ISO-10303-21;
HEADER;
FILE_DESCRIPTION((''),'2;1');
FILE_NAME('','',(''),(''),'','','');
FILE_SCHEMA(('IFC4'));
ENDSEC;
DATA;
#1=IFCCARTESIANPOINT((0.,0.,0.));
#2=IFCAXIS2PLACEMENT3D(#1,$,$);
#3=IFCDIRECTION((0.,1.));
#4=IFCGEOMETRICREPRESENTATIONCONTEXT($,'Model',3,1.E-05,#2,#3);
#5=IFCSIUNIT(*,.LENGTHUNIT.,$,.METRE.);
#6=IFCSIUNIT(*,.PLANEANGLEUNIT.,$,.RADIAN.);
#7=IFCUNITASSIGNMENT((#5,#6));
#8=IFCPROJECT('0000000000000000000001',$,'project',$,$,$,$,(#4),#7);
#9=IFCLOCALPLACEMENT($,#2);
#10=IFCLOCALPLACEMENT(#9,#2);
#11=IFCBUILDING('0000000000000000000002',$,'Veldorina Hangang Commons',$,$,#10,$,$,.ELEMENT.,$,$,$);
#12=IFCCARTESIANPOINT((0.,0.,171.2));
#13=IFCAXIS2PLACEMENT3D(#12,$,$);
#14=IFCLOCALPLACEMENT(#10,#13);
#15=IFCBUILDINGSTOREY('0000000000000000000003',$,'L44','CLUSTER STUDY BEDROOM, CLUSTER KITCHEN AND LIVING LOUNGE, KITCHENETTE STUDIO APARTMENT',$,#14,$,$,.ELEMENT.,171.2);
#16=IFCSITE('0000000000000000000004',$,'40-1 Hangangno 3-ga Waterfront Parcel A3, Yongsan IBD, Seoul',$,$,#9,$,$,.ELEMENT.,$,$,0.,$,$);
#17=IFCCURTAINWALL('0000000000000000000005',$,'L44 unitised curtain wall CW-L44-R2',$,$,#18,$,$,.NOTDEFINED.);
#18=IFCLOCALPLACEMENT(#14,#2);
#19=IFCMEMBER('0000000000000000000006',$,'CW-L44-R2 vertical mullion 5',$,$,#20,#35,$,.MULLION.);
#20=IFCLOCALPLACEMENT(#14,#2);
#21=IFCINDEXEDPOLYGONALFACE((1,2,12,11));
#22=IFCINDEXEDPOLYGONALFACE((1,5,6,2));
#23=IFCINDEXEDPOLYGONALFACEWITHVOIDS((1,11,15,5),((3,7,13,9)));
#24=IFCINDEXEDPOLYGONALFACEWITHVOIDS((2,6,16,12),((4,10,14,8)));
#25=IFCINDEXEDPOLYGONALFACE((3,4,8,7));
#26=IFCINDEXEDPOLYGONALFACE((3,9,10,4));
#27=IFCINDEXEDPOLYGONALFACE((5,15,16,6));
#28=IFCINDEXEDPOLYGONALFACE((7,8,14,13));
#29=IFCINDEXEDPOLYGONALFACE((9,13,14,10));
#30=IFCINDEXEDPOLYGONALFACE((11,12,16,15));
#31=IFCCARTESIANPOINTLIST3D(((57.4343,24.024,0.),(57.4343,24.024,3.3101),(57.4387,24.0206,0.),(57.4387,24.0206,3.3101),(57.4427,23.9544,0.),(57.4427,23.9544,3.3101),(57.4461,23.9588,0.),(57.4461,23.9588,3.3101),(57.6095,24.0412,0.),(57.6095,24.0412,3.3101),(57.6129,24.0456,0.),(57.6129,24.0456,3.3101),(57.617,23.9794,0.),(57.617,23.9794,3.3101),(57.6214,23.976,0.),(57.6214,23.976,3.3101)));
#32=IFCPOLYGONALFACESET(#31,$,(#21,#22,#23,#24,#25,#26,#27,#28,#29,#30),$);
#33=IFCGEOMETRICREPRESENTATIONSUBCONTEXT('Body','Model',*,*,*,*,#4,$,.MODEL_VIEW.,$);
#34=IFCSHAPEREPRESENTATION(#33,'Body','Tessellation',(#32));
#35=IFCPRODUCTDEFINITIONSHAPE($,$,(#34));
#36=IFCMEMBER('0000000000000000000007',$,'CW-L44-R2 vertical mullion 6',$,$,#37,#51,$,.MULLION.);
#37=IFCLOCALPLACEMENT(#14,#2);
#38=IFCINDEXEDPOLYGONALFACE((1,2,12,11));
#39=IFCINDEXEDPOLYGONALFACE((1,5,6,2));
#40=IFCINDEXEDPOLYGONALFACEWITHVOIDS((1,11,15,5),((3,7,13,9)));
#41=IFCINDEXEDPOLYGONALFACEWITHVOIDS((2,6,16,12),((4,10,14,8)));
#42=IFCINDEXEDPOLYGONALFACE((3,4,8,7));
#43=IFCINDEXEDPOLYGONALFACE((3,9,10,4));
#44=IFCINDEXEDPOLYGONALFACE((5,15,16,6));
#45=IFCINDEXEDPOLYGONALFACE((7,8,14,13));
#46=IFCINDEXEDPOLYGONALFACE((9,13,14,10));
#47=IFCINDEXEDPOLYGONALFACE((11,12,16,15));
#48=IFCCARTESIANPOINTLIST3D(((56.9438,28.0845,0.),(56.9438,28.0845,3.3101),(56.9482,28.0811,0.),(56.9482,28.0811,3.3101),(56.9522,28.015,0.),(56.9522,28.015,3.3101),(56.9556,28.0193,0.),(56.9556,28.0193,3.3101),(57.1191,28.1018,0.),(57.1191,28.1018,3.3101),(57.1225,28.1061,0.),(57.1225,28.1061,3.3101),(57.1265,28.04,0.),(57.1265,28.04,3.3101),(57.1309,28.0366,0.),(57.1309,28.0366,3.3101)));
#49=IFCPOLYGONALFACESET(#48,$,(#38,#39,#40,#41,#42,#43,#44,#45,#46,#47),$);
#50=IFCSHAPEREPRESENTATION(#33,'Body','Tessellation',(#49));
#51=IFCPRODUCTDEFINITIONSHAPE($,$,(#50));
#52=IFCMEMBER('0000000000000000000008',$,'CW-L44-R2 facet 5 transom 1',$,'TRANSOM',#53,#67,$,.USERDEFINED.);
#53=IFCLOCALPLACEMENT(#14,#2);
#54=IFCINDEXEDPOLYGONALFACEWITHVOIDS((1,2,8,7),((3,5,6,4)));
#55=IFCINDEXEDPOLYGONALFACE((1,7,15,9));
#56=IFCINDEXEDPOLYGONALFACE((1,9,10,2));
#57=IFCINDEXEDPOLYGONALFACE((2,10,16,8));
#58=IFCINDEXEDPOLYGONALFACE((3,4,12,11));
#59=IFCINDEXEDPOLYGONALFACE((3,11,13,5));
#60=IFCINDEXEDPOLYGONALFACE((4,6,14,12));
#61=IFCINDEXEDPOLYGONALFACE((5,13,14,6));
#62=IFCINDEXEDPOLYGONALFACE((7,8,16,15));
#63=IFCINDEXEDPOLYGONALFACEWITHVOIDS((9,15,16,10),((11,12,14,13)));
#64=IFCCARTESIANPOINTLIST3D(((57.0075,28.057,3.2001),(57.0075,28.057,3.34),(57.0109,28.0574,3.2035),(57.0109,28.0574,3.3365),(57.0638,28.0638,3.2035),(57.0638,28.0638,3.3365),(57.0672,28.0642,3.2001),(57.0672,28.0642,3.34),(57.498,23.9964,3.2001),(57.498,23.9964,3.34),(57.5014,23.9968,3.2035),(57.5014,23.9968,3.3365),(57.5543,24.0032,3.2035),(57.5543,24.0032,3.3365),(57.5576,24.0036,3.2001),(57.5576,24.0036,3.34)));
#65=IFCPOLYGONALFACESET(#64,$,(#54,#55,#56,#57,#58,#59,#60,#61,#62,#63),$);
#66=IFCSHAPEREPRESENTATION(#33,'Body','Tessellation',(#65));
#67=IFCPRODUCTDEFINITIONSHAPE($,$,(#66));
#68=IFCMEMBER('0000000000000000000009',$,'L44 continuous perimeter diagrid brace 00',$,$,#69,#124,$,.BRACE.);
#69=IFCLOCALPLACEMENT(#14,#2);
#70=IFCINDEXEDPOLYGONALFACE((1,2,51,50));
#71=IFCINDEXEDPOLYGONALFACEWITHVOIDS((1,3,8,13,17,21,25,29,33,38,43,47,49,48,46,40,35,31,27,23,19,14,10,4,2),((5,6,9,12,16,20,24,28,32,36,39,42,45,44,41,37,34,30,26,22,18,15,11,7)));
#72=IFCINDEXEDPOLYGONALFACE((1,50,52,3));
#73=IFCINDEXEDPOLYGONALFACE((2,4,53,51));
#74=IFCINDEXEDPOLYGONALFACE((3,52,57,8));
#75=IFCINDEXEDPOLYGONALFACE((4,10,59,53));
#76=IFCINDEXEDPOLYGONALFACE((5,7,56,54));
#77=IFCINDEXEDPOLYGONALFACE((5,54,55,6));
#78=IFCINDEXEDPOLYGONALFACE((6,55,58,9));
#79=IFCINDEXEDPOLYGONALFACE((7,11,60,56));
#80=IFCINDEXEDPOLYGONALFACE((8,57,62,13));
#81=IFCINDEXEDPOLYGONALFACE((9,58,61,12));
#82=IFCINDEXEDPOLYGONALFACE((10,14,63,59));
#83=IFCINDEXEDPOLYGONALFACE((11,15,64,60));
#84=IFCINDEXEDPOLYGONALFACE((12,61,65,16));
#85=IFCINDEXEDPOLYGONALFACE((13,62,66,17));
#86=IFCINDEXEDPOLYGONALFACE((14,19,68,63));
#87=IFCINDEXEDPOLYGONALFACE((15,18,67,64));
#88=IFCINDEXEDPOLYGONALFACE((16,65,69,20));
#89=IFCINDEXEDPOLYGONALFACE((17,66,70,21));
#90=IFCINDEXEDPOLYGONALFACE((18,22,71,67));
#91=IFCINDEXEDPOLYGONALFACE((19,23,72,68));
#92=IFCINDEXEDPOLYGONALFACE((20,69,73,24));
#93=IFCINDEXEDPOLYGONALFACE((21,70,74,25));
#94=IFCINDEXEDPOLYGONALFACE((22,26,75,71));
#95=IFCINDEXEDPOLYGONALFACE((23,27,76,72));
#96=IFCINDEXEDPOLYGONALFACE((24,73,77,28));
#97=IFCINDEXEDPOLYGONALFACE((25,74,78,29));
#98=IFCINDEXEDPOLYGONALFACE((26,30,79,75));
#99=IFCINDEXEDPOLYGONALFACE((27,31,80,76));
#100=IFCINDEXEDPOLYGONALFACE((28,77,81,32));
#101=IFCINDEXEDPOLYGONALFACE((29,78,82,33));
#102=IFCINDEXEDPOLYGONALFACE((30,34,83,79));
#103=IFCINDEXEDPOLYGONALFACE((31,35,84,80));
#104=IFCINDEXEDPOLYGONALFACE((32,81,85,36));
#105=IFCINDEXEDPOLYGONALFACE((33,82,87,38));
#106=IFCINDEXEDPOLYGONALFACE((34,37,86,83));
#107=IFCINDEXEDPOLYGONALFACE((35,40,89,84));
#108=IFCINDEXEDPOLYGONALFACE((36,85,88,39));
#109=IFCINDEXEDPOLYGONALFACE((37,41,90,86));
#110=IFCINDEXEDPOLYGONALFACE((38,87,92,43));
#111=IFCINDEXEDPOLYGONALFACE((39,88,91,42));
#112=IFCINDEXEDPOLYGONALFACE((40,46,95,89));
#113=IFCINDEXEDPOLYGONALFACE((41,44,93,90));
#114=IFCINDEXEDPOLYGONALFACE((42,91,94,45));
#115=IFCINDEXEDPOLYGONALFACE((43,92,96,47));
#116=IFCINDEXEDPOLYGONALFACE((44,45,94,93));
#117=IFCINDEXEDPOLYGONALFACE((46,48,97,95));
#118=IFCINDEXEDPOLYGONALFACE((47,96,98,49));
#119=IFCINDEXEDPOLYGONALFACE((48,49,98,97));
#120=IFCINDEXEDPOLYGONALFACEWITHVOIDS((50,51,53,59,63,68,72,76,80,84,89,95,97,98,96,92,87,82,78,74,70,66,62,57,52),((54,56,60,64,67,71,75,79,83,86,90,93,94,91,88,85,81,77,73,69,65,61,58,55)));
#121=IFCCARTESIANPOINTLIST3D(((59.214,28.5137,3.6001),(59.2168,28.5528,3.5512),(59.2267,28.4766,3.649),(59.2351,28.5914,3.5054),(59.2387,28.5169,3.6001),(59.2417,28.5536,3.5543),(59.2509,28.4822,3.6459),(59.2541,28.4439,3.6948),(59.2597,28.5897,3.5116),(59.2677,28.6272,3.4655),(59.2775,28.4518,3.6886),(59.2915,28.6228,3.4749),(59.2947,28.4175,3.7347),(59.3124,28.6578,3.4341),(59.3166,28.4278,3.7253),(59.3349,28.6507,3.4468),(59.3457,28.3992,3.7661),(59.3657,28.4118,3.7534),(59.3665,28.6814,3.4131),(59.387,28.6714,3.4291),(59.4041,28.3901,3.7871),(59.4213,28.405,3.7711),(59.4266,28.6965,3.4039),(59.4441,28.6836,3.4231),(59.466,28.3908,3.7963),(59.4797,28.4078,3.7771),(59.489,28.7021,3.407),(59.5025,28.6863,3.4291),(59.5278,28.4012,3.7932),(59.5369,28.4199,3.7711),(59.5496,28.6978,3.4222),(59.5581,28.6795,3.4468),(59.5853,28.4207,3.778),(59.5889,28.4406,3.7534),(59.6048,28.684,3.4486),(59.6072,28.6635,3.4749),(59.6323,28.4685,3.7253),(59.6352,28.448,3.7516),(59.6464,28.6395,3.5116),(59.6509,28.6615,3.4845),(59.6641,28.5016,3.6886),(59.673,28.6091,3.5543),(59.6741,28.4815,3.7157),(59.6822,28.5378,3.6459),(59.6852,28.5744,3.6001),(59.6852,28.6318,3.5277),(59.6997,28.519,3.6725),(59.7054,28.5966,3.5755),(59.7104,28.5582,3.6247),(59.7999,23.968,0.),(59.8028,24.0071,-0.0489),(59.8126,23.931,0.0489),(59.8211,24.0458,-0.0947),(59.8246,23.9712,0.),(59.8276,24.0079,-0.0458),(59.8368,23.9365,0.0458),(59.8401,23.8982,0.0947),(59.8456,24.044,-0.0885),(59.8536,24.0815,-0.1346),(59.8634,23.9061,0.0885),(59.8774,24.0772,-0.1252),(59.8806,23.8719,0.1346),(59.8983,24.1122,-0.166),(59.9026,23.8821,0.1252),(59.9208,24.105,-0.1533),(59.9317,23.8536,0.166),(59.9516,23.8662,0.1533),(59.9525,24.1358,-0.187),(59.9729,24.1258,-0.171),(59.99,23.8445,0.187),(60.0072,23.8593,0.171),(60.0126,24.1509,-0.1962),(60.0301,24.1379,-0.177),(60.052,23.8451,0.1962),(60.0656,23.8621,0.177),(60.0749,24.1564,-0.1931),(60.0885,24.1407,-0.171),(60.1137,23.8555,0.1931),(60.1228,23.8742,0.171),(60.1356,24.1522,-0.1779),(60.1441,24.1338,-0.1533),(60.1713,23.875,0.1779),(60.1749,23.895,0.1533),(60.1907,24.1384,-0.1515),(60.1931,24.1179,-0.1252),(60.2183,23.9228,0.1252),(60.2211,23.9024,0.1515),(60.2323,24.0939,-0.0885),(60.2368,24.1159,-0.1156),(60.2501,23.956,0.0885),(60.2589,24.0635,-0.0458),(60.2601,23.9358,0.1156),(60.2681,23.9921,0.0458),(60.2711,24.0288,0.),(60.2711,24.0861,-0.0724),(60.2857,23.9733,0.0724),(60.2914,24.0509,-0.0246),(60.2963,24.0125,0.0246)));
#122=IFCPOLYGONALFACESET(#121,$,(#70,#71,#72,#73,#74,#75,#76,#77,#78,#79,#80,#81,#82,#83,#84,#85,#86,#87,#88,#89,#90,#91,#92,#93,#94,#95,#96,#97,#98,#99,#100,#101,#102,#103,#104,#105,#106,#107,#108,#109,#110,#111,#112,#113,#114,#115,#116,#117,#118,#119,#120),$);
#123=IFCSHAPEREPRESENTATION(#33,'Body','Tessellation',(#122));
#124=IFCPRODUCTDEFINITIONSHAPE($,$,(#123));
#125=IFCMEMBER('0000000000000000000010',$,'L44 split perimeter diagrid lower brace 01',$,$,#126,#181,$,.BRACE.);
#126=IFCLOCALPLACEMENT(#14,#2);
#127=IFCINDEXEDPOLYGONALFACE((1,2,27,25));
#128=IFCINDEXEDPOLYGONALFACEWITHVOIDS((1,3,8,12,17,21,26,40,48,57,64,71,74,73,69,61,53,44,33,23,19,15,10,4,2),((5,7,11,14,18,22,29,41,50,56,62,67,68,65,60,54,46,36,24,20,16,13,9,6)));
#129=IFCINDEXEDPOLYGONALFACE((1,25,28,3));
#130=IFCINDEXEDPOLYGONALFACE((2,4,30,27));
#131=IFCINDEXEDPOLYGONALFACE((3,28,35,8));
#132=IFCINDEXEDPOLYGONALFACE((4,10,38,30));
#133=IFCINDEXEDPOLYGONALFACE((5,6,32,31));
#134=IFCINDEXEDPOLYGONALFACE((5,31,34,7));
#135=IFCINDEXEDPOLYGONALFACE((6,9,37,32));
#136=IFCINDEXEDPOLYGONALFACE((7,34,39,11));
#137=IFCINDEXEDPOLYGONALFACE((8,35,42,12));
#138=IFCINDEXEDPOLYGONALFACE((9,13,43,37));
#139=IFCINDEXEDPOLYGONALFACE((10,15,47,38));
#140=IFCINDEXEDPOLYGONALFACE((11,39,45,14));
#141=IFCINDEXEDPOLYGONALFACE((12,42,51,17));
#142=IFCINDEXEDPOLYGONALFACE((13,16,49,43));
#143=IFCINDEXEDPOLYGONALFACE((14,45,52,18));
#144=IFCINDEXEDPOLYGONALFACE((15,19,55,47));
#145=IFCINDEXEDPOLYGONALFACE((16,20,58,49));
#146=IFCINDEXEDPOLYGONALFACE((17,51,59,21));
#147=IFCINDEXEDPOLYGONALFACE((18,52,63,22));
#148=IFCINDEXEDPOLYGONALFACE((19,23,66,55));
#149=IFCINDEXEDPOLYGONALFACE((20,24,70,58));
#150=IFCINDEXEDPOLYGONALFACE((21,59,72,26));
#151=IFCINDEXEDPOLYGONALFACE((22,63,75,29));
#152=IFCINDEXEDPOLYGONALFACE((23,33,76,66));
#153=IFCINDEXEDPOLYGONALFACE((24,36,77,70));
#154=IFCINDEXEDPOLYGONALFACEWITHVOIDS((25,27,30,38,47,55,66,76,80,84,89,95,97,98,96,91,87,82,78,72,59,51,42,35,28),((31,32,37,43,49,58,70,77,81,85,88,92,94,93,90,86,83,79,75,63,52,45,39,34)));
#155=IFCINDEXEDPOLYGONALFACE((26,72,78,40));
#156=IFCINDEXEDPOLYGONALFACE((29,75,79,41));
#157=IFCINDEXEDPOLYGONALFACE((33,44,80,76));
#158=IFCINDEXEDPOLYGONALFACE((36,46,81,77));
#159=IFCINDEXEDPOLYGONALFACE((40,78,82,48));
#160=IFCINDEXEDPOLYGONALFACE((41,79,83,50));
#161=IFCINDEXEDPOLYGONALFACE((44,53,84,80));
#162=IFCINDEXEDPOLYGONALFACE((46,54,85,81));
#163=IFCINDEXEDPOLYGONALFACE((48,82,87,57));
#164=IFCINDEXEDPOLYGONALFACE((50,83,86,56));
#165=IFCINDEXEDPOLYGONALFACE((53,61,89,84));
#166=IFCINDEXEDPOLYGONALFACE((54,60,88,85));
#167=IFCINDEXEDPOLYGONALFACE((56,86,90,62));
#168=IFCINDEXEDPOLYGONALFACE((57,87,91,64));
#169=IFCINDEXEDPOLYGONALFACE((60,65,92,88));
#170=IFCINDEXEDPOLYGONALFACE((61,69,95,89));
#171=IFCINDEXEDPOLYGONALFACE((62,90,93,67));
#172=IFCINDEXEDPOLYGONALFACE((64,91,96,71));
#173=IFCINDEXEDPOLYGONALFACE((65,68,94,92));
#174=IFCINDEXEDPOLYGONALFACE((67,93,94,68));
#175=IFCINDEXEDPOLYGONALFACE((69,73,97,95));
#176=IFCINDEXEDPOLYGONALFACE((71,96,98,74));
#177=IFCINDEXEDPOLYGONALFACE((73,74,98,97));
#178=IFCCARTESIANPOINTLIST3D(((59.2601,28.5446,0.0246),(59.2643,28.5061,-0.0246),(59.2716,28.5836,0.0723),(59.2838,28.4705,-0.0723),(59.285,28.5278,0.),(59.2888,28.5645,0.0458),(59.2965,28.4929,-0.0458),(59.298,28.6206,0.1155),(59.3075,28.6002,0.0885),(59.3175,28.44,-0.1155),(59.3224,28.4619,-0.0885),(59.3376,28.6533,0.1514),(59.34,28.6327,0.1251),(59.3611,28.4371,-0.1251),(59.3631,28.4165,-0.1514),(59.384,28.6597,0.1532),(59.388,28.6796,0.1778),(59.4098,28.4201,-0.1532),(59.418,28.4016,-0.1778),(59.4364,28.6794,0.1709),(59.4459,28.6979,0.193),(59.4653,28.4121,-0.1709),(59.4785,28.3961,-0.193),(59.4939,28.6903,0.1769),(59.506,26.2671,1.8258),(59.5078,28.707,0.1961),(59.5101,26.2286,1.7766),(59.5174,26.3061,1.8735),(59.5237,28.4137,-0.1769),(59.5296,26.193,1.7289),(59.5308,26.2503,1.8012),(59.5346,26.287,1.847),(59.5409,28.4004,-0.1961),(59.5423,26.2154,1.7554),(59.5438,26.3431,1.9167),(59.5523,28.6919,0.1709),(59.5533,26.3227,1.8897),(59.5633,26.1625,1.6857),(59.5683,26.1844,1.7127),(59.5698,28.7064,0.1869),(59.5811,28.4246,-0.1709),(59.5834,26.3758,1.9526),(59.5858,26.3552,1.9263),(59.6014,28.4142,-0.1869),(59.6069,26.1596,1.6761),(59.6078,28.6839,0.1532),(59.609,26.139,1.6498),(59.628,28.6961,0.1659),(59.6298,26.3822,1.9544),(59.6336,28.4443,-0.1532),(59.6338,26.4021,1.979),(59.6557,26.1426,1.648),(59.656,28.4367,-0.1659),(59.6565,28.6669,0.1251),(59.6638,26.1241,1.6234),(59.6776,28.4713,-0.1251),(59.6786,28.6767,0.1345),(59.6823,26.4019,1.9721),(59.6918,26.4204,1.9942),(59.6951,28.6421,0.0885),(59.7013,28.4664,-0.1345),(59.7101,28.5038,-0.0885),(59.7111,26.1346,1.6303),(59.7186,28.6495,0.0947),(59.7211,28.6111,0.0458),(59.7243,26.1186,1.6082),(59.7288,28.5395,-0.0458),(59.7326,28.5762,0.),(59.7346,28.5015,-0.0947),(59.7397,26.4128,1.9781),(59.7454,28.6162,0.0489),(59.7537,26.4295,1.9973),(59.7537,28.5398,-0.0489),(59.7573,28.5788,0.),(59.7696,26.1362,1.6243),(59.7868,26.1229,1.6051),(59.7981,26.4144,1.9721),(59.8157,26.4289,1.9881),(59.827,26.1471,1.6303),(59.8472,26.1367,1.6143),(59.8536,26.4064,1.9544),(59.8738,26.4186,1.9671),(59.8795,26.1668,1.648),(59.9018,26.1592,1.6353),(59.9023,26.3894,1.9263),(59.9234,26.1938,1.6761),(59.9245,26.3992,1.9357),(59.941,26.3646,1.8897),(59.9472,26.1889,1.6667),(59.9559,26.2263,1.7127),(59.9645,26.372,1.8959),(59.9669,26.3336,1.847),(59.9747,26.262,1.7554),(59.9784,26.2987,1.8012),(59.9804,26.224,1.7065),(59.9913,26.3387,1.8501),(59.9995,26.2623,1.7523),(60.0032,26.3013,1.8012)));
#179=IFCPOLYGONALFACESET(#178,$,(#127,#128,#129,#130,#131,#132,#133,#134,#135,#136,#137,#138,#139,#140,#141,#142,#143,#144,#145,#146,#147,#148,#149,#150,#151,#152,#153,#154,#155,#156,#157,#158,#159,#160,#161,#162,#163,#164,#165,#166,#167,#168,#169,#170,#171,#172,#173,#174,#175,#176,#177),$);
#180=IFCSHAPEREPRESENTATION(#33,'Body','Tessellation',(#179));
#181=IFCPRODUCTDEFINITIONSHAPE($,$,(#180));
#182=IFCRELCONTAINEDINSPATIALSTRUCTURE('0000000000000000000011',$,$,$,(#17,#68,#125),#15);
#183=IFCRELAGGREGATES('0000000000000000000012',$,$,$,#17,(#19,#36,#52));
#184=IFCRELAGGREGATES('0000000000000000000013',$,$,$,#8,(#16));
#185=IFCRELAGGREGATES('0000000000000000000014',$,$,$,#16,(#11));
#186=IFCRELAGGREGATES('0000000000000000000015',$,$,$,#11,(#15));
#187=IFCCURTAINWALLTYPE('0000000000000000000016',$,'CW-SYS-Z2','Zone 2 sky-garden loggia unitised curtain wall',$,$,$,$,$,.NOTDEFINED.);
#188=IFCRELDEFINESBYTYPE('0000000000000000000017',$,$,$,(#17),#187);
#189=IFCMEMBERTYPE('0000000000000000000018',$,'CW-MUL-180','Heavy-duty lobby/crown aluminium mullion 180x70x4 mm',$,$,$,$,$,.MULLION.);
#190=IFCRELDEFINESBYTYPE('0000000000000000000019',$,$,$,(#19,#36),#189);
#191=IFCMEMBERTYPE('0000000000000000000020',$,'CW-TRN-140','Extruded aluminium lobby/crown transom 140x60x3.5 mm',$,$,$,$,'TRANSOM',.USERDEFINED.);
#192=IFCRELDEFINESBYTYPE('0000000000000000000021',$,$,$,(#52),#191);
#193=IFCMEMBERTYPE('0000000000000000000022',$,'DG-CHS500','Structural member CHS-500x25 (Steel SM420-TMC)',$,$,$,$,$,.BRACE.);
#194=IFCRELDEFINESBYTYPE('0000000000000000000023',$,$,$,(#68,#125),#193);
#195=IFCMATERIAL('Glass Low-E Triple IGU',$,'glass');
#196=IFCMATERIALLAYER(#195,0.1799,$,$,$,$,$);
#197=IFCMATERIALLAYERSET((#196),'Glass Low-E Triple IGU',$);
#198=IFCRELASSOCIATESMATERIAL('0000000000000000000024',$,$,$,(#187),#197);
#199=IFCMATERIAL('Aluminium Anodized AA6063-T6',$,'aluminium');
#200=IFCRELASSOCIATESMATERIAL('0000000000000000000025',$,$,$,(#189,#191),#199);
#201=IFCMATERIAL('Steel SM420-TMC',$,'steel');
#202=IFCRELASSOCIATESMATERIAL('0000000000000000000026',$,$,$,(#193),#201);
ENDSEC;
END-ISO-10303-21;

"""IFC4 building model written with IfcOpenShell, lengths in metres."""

from ifc_helpers import new_model, si_unit, direction, frame, origin, origin_2d, place, context, subcontext, project, spatial, hollow_rectangle, hollow_circle, extrude, material, layer, layer_set, material_profile, profile_set, type_object, element, aggregate, save


model = new_model("IFC4")

# Units and contexts
model_context = context("Model", 3, precision=1e-05, world=origin(), true_north=direction((0.0, 1.0)))
body_context = subcontext(model_context, "Body", "Model", "MODEL_VIEW")
ifc_project = project(units=[si_unit("LENGTHUNIT", "METRE"), si_unit("PLANEANGLEUNIT", "RADIAN")], contexts=[model_context])

# Site, building, storey
site_placement = place(None, origin())
site = spatial("IfcSite", under=ifc_project, at=site_placement, Name="40-1 Hangangno 3-ga Waterfront Parcel A3, Yongsan IBD, Seoul", CompositionType="ELEMENT", RefElevation=0.0)
building_placement = place(site_placement, origin())
building = spatial("IfcBuilding", under=site, at=building_placement, Name="Veldorina Hangang Commons", CompositionType="ELEMENT")
storey_placement = place(building_placement, frame((0.0, 0.0, 171.2)))
storey = spatial("IfcBuildingStorey", under=building, at=storey_placement, Name="L44", Description="CLUSTER STUDY BEDROOM, CLUSTER KITCHEN AND LIVING LOUNGE, KITCHENETTE STUDIO APARTMENT", CompositionType="ELEMENT", Elevation=171.2)

# Shared definitions
ifc_material_1 = material(Name="Steel SM420-TMC", Category="steel")

# Curtain wall, members
ifc_material_2 = material(Name="Glass Low-E Triple IGU", Category="glass")
ifc_layer_1 = layer(ifc_material_2, 0.1799)
ifc_layer_set_1 = layer_set([ifc_layer_1], Name="Glass Low-E Triple IGU")
curtain_wall_type = type_object("IfcCurtainWallType", Name="CW-SYS-Z2", Description="Zone 2 sky-garden loggia unitised curtain wall", PredefinedType="NOTDEFINED", material=ifc_layer_set_1)
curtain_wall_placement = place(storey_placement, origin())
curtain_wall = element("IfcCurtainWall", 1, at=curtain_wall_placement, inside=storey, type_object=curtain_wall_type, Name="L44 unitised curtain wall CW-L44-R2", PredefinedType="NOTDEFINED")
ifc_material_3 = material(Name="Aluminium Anodized AA6063-T6", Category="aluminium")
ifc_material_profile_1 = material_profile(ifc_material_3, hollow_rectangle(XDim=0.0701, YDim=0.1799, WallThickness=0.0039, at=origin_2d()), Name="ALU-RHS-180x70x4")
ifc_profile_set_1 = profile_set([ifc_material_profile_1], Name="Aluminium Anodized AA6063-T6")
member_type_1 = type_object("IfcMemberType", Name="CW-MUL-180", Description="Heavy-duty lobby/crown aluminium mullion 180x70x4 mm", PredefinedType="MULLION", material=ifc_profile_set_1)
member_1_placement = place(storey_placement, frame((57.5278, 24.0, 0.0), z_axis=(0.0, 0.0, 1.0), x_axis=(-0.119929, 0.992782, 0.0)))
member_1 = element("IfcMember", 2, at=member_1_placement, type_object=member_type_1, Name="CW-L44-R2 vertical mullion 5", PredefinedType="MULLION", context=body_context, shape_type="SweptSolid", body=[
    extrude(hollow_rectangle(XDim=0.0701, YDim=0.1799, WallThickness=0.0039, at=origin_2d()), origin(), (0.0, 0.0, 1.0), 3.3101),
])
member_2_placement = place(storey_placement, frame((57.0374, 28.0605, 0.0), z_axis=(0.0, 0.0, 1.0), x_axis=(0.119929, -0.992782, 0.0)))
member_2 = element("IfcMember", 3, at=member_2_placement, type_object=member_type_1, Name="CW-L44-R2 vertical mullion 6", PredefinedType="MULLION", context=body_context, shape_type="SweptSolid", body=[
    extrude(hollow_rectangle(XDim=0.0701, YDim=0.1799, WallThickness=0.0039, at=origin_2d()), origin(), (0.0, 0.0, 1.0), 3.3101),
])
ifc_material_profile_2 = material_profile(ifc_material_3, hollow_rectangle(XDim=0.0601, YDim=0.1399, WallThickness=0.0034, at=origin_2d()), Name="ALU-RHS-140x60x3.5")
ifc_profile_set_2 = profile_set([ifc_material_profile_2], Name="Aluminium Anodized AA6063-T6")
member_type_2 = type_object("IfcMemberType", Name="CW-TRN-140", Description="Extruded aluminium lobby/crown transom 140x60x3.5 mm", ElementType="TRANSOM", PredefinedType="USERDEFINED", material=ifc_profile_set_2)
member_3_placement = place(storey_placement, frame((57.5278, 24.0, 3.27), z_axis=(-0.11992, 0.992784, 0.0), x_axis=(-0.992784, -0.11992, 0.0)))
member_3 = element("IfcMember", 4, at=member_3_placement, type_object=member_type_2, Name="CW-L44-R2 facet 5 transom 1", ObjectType="TRANSOM", PredefinedType="USERDEFINED", context=body_context, shape_type="SweptSolid", body=[
    extrude(hollow_rectangle(XDim=0.0601, YDim=0.1399, WallThickness=0.0034, at=origin_2d()), origin(), (0.0, 0.0, 1.0), 4.0901),
])

# Members
ifc_material_profile_3 = material_profile(ifc_material_1, hollow_circle(Radius=0.25, WallThickness=0.0249, at=origin_2d()), Name="CHS-500x25")
ifc_profile_set_3 = profile_set([ifc_material_profile_3], Name="Steel SM420-TMC")
member_type_3 = type_object("IfcMemberType", Name="DG-CHS500", Description="Structural member CHS-500x25 (Steel SM420-TMC)", PredefinedType="BRACE", material=ifc_profile_set_3)
member_4_placement = place(storey_placement, frame((60.0479, 24.0, 0.0), z_axis=(-0.100536, 0.779952, 0.617712), x_axis=(-0.991794, -0.127843, 0.0)))
element("IfcMember", 5, at=member_4_placement, inside=storey, type_object=member_type_3, Name="L44 continuous perimeter diagrid brace 00", PredefinedType="BRACE", context=body_context, shape_type="SweptSolid", body=[
    extrude(hollow_circle(Radius=0.25, WallThickness=0.0249, at=origin_2d()), origin(), (0.0, 0.0, 1.0), 5.8281),
])
member_5_placement = place(storey_placement, frame((59.5088, 28.552, 0.0), z_axis=(0.084363, -0.781555, 0.618106), x_axis=(0.994225, 0.10732, 0.0)))
element("IfcMember", 6, at=member_5_placement, inside=storey, type_object=member_type_3, Name="L44 split perimeter diagrid lower brace 01", PredefinedType="BRACE", context=body_context, shape_type="SweptSolid", body=[
    extrude(hollow_circle(Radius=0.25, WallThickness=0.0249, at=origin_2d()), origin(), (0.0, 0.0, 1.0), 2.9141),
])

aggregate(curtain_wall, [member_1, member_2, member_3])

save(model, "model.ifc")
